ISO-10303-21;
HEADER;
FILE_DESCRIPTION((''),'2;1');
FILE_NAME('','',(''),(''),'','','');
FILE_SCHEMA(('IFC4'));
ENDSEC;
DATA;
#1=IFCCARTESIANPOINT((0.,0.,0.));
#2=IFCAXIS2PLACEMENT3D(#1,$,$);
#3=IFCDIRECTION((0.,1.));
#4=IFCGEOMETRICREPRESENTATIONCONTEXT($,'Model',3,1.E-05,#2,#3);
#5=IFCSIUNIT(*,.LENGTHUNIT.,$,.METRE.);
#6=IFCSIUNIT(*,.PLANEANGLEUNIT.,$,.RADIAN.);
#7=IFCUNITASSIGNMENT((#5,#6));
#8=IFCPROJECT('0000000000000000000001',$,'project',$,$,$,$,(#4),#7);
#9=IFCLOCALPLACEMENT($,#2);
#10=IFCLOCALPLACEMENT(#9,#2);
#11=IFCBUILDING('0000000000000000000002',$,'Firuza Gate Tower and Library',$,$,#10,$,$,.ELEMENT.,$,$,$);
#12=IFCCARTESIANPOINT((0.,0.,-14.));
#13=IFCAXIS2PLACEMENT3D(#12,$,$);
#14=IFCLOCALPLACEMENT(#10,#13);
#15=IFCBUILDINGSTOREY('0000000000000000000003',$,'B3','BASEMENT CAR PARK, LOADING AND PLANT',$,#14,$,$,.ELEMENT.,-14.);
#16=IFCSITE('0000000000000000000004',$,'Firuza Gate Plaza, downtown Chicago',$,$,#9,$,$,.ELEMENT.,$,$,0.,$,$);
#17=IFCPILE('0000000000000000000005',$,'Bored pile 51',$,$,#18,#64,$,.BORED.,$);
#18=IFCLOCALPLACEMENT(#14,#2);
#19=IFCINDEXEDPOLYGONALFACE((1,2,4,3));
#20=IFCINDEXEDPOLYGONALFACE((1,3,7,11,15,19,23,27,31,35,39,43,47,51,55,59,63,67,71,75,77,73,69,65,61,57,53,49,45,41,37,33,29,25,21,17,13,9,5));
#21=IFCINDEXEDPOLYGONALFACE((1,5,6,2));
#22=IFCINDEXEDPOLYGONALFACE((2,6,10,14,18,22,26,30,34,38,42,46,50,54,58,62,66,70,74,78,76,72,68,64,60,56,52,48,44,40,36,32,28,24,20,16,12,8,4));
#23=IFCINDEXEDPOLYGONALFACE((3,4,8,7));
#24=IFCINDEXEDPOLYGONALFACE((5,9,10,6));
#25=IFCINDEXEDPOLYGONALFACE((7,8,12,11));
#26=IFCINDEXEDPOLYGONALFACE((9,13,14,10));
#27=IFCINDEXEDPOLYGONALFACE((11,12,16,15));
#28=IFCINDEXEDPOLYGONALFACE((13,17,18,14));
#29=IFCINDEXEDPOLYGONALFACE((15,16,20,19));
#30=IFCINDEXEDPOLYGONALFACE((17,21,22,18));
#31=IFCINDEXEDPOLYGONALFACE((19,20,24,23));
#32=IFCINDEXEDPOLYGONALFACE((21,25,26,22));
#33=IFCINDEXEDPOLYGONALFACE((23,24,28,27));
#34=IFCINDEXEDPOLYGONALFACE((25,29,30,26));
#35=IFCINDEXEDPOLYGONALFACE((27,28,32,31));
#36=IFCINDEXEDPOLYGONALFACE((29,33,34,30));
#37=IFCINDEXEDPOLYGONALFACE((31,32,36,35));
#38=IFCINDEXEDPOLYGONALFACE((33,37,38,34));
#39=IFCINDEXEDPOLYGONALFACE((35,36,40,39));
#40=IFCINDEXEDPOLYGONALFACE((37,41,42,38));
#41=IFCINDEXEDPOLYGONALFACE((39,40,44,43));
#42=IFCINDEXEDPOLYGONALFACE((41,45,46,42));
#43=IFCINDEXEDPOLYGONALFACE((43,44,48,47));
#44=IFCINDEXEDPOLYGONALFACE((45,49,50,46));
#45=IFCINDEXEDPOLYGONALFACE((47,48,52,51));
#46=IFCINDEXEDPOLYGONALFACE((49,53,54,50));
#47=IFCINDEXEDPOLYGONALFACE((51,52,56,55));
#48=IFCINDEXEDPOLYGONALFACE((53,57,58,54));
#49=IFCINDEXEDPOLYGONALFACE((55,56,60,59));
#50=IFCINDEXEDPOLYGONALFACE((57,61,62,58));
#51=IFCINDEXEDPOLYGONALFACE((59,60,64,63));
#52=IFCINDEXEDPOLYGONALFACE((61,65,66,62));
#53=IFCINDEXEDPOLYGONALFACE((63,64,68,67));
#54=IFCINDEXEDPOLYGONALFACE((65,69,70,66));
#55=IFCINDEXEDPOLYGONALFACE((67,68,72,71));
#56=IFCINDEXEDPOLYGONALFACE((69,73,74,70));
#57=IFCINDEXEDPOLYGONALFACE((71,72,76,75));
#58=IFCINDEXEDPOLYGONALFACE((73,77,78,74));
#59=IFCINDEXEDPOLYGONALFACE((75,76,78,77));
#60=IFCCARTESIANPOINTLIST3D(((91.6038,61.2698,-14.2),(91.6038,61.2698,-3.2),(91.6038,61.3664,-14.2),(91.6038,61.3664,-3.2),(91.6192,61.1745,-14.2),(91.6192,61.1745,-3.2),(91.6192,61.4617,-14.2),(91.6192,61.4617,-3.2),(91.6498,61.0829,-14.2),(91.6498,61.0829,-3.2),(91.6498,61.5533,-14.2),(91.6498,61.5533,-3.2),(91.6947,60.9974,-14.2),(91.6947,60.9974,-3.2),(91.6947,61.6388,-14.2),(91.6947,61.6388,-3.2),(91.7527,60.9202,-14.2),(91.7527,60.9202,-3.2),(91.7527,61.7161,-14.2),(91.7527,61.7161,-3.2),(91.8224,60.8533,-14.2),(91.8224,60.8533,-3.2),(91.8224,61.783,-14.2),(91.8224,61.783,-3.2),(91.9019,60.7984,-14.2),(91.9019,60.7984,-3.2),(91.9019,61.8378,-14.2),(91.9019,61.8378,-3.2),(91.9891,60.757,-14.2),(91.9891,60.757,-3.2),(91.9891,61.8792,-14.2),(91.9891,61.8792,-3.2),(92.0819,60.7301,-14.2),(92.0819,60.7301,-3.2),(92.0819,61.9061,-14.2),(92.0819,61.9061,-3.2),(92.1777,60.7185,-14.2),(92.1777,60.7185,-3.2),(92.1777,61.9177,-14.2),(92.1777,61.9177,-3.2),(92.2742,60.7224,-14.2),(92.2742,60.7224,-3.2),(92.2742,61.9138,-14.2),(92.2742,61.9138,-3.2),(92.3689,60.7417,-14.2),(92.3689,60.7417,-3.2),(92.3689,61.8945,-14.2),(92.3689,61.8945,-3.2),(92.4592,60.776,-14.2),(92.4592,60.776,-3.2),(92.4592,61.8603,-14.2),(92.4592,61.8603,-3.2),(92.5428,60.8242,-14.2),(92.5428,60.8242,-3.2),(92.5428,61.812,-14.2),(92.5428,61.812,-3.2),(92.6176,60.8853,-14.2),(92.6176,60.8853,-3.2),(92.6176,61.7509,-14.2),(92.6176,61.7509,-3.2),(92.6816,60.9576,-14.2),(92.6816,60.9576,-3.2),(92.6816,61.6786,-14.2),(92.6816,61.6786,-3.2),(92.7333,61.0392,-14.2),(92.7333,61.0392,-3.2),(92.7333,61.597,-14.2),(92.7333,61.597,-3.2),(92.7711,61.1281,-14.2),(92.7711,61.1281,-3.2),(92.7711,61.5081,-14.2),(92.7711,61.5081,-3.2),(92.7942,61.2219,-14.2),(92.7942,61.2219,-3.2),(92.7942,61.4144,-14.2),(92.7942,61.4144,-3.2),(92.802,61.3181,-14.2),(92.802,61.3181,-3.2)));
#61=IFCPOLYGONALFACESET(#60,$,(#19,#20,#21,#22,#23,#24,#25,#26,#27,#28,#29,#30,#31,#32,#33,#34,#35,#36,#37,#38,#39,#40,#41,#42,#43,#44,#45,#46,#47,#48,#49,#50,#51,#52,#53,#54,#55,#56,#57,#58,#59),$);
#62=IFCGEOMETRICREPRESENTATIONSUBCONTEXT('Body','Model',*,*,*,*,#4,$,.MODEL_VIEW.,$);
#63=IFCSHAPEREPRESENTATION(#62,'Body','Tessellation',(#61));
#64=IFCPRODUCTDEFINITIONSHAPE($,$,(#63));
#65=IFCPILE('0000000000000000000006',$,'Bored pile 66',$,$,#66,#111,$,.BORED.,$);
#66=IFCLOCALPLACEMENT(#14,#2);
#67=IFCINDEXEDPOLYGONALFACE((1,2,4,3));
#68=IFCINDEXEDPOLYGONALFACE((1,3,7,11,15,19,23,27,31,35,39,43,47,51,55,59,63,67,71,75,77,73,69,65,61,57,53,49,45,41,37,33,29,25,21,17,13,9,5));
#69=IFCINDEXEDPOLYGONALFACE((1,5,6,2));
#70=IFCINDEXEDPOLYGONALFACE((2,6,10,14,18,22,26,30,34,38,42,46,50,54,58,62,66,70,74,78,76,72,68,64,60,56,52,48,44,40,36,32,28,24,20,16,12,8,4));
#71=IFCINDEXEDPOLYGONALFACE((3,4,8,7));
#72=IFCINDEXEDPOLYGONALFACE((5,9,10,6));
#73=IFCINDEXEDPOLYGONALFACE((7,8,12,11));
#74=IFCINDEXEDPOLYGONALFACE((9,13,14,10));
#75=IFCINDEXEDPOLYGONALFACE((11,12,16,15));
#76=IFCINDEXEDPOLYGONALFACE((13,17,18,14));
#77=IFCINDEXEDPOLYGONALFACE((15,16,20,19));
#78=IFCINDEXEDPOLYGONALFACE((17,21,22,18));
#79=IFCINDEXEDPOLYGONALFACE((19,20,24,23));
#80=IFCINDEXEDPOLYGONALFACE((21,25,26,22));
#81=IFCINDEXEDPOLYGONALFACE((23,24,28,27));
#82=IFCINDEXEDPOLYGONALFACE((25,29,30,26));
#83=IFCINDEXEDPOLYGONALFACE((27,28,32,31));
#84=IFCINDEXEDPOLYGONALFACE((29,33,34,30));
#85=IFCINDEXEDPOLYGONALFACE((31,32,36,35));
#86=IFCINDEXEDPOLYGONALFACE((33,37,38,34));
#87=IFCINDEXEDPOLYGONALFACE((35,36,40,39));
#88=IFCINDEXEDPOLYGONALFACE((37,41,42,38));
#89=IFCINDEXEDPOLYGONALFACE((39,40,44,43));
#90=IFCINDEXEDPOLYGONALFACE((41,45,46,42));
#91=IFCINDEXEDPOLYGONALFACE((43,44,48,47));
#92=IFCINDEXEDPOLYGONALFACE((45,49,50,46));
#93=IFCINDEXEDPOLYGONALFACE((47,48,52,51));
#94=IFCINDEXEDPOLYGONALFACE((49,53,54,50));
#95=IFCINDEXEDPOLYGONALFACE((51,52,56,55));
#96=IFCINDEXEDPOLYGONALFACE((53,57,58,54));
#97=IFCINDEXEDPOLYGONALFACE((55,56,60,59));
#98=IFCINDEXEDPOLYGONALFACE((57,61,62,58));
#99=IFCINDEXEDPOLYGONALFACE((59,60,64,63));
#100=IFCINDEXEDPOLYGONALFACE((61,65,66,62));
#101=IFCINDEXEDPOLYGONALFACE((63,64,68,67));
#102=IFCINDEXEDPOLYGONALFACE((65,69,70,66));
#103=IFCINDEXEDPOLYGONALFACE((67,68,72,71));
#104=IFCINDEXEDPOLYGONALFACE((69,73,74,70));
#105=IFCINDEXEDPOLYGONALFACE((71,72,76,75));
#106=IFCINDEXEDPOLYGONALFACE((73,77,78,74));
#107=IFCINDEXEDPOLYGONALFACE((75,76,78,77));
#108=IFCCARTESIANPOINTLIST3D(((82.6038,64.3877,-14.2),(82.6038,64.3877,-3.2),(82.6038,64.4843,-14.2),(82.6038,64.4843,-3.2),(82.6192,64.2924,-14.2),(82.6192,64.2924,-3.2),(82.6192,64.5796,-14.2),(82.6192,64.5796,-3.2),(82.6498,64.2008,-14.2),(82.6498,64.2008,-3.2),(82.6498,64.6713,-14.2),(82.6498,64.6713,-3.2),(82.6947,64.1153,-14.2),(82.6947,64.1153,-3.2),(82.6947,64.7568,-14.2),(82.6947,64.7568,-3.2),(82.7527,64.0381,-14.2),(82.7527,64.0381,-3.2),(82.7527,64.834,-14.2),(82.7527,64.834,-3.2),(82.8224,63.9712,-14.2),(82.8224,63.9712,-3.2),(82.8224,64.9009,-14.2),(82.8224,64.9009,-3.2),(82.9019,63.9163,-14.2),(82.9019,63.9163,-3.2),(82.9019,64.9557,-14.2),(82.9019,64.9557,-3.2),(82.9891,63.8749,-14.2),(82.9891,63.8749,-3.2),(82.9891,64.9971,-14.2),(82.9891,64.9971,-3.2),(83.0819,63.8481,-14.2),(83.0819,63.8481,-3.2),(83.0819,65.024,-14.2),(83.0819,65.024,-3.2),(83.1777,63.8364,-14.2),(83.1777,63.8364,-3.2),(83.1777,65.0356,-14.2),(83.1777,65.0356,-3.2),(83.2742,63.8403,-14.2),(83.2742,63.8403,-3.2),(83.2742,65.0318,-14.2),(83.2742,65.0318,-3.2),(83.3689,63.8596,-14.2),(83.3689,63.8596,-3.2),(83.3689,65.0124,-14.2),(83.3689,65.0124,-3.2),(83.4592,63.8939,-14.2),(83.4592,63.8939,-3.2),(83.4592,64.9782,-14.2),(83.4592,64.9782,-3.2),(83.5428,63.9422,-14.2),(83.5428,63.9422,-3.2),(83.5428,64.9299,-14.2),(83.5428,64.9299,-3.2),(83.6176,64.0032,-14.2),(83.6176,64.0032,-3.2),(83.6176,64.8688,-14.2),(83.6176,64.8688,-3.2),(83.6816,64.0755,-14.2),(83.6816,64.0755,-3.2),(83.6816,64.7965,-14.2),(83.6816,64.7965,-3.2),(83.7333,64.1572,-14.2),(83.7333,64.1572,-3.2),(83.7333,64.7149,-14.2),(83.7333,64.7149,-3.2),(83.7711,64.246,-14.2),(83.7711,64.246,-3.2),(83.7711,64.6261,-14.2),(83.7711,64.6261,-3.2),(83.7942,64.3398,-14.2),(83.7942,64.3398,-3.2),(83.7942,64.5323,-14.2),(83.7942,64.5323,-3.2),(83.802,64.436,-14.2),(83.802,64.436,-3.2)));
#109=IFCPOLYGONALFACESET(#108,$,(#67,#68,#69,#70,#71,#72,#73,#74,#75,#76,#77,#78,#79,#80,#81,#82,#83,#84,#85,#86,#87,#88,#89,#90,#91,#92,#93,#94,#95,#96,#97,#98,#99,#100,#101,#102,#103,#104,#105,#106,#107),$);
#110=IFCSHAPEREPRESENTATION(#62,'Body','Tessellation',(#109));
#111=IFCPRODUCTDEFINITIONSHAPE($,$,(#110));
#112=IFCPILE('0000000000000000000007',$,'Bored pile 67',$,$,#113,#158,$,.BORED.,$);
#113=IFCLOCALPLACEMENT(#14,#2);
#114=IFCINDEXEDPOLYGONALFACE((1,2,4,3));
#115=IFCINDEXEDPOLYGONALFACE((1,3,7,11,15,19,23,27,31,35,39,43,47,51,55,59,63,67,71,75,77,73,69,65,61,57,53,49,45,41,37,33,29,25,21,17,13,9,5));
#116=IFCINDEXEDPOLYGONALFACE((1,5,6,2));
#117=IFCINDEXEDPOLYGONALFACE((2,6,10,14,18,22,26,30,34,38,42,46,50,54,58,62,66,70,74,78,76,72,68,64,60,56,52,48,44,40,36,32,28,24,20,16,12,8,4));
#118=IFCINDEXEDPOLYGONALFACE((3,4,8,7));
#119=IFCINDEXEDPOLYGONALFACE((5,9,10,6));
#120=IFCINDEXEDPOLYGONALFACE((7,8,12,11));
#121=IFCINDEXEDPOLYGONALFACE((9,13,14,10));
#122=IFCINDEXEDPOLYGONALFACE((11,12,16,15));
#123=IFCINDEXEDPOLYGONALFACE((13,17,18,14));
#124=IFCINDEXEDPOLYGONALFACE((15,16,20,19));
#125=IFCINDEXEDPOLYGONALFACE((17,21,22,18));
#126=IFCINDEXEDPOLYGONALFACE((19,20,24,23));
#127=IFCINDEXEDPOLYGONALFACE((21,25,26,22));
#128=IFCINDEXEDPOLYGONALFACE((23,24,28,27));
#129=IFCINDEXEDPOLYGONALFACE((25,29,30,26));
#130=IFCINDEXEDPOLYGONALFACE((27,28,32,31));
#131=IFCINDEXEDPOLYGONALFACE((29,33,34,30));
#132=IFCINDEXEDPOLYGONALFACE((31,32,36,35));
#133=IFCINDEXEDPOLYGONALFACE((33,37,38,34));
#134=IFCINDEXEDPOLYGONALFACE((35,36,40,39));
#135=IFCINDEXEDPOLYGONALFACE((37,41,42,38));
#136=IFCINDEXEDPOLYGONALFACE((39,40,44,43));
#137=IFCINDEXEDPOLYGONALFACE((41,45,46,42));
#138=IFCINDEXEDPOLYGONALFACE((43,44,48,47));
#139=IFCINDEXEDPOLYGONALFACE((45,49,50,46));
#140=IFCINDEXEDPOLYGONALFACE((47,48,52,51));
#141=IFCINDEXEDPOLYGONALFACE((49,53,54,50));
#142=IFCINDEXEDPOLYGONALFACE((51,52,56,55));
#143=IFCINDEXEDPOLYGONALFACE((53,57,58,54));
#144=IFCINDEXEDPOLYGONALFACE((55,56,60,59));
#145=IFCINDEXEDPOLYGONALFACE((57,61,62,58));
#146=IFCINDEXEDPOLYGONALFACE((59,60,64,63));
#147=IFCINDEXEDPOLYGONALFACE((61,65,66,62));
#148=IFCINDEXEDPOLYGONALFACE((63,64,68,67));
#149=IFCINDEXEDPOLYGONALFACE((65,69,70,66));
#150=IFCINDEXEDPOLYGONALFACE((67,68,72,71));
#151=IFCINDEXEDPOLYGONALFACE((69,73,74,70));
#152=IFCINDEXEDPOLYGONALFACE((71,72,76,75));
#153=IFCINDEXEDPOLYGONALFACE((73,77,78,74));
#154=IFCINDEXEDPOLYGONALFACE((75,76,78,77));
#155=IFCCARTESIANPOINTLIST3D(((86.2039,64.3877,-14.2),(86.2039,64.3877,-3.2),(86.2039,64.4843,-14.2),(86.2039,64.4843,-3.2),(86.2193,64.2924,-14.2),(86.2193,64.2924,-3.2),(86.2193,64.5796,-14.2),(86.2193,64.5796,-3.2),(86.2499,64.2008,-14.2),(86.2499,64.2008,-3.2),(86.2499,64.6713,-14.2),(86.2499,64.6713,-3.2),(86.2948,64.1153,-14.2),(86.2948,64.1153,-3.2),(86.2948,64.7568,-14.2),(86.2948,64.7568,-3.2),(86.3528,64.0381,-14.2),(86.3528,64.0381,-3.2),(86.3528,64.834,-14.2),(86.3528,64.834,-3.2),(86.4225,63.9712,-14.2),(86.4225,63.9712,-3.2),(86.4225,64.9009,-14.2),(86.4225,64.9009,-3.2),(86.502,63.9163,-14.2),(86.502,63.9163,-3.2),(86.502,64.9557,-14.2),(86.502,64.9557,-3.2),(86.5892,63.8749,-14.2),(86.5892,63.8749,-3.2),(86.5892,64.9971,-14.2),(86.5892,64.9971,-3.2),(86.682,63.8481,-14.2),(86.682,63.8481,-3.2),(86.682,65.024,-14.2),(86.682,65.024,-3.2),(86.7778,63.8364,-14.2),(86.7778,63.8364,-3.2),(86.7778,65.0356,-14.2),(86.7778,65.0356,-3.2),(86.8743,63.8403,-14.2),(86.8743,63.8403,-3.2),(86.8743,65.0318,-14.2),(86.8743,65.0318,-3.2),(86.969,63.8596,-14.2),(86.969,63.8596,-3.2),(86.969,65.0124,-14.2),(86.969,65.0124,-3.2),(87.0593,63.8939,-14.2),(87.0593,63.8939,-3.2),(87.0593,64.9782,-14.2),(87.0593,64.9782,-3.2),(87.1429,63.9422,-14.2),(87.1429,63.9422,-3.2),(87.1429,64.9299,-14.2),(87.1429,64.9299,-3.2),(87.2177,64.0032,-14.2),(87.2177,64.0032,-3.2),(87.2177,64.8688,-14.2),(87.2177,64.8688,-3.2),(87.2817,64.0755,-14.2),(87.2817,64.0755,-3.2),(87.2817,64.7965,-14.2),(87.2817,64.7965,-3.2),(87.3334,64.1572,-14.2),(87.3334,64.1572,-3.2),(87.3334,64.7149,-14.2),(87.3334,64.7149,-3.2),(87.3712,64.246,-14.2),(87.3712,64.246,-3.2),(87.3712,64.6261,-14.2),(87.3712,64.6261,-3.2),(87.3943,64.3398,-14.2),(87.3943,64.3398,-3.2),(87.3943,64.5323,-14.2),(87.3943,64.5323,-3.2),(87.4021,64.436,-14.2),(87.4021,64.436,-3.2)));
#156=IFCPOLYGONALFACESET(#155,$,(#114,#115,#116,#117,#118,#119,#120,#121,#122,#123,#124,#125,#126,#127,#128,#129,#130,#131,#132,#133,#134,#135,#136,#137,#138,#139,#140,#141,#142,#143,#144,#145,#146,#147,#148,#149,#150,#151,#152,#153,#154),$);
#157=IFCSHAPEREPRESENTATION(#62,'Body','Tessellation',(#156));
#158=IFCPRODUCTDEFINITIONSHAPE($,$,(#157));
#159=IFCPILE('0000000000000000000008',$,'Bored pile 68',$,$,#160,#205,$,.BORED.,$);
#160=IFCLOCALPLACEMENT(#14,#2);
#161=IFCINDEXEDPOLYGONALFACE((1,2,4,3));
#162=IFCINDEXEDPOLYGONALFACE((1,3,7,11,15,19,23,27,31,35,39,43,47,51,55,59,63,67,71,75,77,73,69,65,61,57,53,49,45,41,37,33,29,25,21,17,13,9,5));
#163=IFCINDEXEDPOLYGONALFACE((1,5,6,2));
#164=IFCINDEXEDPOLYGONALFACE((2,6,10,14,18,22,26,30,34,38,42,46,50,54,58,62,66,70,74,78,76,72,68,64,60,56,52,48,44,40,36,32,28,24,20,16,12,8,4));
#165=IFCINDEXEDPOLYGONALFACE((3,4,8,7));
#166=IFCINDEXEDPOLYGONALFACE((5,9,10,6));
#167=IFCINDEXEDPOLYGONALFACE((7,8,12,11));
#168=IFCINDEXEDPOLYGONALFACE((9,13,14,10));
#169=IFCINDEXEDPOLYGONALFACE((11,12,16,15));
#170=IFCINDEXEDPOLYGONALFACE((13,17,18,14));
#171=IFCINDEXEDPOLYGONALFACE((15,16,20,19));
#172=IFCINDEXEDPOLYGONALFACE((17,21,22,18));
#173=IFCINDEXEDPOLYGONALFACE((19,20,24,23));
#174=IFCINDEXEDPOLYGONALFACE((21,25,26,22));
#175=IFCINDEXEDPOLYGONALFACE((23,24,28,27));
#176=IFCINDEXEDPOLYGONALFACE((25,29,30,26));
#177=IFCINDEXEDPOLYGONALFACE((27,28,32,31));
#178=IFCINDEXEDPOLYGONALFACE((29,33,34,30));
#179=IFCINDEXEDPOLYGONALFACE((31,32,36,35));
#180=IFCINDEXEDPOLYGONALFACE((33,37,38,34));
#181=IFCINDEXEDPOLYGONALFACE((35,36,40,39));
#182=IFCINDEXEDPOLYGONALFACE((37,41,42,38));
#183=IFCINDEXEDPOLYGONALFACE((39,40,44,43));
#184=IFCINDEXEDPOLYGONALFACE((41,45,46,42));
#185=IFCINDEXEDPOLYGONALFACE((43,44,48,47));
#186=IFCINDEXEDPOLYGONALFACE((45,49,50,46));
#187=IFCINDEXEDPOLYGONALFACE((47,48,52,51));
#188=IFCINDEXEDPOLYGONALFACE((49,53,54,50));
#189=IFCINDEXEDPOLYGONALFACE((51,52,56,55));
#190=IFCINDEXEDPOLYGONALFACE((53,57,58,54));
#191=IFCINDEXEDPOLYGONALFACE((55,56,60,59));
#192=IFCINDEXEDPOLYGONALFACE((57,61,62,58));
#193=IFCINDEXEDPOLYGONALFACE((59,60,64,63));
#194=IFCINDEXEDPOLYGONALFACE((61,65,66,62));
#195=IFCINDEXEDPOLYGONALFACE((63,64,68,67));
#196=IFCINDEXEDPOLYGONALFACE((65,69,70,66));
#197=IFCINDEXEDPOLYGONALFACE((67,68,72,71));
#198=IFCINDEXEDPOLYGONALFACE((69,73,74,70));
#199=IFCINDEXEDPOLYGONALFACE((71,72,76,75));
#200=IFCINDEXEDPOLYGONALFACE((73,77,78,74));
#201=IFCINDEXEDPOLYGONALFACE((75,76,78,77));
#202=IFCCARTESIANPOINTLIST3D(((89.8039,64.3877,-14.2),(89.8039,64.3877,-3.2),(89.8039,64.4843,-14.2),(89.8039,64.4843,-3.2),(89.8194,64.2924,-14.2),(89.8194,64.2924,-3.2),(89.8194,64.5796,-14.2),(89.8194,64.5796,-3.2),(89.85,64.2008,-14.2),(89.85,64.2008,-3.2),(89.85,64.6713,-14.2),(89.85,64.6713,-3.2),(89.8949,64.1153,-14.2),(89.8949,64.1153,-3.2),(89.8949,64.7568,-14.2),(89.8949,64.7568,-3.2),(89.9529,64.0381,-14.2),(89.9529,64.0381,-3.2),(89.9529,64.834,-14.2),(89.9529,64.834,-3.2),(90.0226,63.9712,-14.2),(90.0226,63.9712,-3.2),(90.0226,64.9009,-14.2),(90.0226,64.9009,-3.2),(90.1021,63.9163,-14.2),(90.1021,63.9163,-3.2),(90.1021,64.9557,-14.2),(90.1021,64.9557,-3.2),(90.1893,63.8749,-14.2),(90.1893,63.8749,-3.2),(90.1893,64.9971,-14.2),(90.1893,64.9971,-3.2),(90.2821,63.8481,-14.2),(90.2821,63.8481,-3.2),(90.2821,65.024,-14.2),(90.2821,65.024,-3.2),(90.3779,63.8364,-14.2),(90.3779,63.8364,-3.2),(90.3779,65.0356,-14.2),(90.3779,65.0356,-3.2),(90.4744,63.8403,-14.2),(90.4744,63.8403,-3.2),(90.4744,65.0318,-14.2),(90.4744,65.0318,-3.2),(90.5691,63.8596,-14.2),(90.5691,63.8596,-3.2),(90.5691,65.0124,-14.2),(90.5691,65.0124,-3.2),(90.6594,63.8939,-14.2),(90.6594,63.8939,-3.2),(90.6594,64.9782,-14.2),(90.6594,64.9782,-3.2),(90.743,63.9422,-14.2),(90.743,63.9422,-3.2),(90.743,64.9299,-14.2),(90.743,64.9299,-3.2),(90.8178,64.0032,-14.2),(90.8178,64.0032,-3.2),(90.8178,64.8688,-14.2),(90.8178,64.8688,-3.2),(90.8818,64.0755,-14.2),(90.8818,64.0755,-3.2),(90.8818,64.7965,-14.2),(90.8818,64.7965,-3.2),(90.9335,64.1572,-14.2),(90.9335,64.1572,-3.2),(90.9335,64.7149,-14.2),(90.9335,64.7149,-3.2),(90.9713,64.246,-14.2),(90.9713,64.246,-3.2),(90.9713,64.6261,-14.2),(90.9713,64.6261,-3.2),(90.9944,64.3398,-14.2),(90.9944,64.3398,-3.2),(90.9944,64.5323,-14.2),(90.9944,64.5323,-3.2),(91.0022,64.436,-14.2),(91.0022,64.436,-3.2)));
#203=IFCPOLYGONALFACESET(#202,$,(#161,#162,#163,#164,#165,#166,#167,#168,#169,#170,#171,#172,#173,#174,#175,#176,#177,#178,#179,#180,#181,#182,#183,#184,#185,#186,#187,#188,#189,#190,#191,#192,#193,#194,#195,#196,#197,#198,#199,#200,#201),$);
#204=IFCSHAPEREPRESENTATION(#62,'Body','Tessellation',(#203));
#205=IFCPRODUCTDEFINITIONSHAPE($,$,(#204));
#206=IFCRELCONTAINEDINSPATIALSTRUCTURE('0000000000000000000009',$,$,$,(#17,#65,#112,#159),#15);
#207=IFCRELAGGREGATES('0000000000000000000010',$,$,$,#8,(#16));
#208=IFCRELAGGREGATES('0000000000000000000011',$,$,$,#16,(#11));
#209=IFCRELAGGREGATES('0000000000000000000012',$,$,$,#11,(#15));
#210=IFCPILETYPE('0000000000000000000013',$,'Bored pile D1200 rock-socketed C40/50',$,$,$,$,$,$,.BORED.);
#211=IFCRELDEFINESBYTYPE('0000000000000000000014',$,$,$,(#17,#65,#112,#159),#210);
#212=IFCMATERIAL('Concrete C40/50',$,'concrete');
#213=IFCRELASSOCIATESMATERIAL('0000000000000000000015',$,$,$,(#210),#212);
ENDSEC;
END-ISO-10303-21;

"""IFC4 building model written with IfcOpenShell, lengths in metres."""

from ifc_helpers import new_model, si_unit, direction, frame, origin, origin_2d, place, context, subcontext, project, spatial, circle, extrude, material, material_profile, profile_set, type_object, element, save


model = new_model("IFC4")

# Units and contexts
model_context = context("Model", 3, precision=1e-05, world=origin(), true_north=direction((0.0, 1.0)))
body_context = subcontext(model_context, "Body", "Model", "MODEL_VIEW")
ifc_project = project(units=[si_unit("LENGTHUNIT", "METRE"), si_unit("PLANEANGLEUNIT", "RADIAN")], contexts=[model_context])

# Site, building, storey
site_placement = place(None, origin())
site = spatial("IfcSite", under=ifc_project, at=site_placement, Name="Firuza Gate Plaza, downtown Chicago", CompositionType="ELEMENT", RefElevation=0.0)
building_placement = place(site_placement, origin())
building = spatial("IfcBuilding", under=site, at=building_placement, Name="Firuza Gate Tower and Library", CompositionType="ELEMENT")
storey_placement = place(building_placement, frame((0.0, 0.0, -14.0)))
storey = spatial("IfcBuildingStorey", under=building, at=storey_placement, Name="B3", Description="BASEMENT CAR PARK, LOADING AND PLANT", CompositionType="ELEMENT", Elevation=-14.0)

# Piles
ifc_material_1 = material(Name="Concrete C40/50", Category="concrete")
ifc_material_profile_1 = material_profile(ifc_material_1, circle(Radius=0.6001, at=origin_2d()))
ifc_profile_set_1 = profile_set([ifc_material_profile_1], Name="Concrete C40/50")
pile_type = type_object("IfcPileType", Name="Bored pile D1200 rock-socketed C40/50", PredefinedType="BORED", material=ifc_profile_set_1)
for number, where, z_axis, x_axis, name in (
    (1, (92.2019, 61.3181, -3.2), (0.0, 0.0, -1.0), (1.0, 0.0, 0.0), "Bored pile 51"),
    (2, (83.2019, 64.436, -3.2), (0.0, 0.0, -1.0), (1.0, 0.0, 0.0), "Bored pile 66"),
    (3, (86.802, 64.436, -3.2), (0.0, 0.0, -1.0), (1.0, 0.0, 0.0), "Bored pile 67"),
    (4, (90.4021, 64.436, -3.2), (0.0, 0.0, -1.0), (1.0, 0.0, 0.0), "Bored pile 68"),
):
    element("IfcPile", number, at=place(storey_placement, frame(where, z_axis=z_axis, x_axis=x_axis)), inside=storey, type_object=pile_type, Name=name, PredefinedType="BORED", context=body_context, shape_type="SweptSolid", body=[
        extrude(circle(Radius=0.6001, at=origin_2d()), origin(), (0.0, 0.0, 1.0), 11.0),
    ])

save(model, "model.ifc")
